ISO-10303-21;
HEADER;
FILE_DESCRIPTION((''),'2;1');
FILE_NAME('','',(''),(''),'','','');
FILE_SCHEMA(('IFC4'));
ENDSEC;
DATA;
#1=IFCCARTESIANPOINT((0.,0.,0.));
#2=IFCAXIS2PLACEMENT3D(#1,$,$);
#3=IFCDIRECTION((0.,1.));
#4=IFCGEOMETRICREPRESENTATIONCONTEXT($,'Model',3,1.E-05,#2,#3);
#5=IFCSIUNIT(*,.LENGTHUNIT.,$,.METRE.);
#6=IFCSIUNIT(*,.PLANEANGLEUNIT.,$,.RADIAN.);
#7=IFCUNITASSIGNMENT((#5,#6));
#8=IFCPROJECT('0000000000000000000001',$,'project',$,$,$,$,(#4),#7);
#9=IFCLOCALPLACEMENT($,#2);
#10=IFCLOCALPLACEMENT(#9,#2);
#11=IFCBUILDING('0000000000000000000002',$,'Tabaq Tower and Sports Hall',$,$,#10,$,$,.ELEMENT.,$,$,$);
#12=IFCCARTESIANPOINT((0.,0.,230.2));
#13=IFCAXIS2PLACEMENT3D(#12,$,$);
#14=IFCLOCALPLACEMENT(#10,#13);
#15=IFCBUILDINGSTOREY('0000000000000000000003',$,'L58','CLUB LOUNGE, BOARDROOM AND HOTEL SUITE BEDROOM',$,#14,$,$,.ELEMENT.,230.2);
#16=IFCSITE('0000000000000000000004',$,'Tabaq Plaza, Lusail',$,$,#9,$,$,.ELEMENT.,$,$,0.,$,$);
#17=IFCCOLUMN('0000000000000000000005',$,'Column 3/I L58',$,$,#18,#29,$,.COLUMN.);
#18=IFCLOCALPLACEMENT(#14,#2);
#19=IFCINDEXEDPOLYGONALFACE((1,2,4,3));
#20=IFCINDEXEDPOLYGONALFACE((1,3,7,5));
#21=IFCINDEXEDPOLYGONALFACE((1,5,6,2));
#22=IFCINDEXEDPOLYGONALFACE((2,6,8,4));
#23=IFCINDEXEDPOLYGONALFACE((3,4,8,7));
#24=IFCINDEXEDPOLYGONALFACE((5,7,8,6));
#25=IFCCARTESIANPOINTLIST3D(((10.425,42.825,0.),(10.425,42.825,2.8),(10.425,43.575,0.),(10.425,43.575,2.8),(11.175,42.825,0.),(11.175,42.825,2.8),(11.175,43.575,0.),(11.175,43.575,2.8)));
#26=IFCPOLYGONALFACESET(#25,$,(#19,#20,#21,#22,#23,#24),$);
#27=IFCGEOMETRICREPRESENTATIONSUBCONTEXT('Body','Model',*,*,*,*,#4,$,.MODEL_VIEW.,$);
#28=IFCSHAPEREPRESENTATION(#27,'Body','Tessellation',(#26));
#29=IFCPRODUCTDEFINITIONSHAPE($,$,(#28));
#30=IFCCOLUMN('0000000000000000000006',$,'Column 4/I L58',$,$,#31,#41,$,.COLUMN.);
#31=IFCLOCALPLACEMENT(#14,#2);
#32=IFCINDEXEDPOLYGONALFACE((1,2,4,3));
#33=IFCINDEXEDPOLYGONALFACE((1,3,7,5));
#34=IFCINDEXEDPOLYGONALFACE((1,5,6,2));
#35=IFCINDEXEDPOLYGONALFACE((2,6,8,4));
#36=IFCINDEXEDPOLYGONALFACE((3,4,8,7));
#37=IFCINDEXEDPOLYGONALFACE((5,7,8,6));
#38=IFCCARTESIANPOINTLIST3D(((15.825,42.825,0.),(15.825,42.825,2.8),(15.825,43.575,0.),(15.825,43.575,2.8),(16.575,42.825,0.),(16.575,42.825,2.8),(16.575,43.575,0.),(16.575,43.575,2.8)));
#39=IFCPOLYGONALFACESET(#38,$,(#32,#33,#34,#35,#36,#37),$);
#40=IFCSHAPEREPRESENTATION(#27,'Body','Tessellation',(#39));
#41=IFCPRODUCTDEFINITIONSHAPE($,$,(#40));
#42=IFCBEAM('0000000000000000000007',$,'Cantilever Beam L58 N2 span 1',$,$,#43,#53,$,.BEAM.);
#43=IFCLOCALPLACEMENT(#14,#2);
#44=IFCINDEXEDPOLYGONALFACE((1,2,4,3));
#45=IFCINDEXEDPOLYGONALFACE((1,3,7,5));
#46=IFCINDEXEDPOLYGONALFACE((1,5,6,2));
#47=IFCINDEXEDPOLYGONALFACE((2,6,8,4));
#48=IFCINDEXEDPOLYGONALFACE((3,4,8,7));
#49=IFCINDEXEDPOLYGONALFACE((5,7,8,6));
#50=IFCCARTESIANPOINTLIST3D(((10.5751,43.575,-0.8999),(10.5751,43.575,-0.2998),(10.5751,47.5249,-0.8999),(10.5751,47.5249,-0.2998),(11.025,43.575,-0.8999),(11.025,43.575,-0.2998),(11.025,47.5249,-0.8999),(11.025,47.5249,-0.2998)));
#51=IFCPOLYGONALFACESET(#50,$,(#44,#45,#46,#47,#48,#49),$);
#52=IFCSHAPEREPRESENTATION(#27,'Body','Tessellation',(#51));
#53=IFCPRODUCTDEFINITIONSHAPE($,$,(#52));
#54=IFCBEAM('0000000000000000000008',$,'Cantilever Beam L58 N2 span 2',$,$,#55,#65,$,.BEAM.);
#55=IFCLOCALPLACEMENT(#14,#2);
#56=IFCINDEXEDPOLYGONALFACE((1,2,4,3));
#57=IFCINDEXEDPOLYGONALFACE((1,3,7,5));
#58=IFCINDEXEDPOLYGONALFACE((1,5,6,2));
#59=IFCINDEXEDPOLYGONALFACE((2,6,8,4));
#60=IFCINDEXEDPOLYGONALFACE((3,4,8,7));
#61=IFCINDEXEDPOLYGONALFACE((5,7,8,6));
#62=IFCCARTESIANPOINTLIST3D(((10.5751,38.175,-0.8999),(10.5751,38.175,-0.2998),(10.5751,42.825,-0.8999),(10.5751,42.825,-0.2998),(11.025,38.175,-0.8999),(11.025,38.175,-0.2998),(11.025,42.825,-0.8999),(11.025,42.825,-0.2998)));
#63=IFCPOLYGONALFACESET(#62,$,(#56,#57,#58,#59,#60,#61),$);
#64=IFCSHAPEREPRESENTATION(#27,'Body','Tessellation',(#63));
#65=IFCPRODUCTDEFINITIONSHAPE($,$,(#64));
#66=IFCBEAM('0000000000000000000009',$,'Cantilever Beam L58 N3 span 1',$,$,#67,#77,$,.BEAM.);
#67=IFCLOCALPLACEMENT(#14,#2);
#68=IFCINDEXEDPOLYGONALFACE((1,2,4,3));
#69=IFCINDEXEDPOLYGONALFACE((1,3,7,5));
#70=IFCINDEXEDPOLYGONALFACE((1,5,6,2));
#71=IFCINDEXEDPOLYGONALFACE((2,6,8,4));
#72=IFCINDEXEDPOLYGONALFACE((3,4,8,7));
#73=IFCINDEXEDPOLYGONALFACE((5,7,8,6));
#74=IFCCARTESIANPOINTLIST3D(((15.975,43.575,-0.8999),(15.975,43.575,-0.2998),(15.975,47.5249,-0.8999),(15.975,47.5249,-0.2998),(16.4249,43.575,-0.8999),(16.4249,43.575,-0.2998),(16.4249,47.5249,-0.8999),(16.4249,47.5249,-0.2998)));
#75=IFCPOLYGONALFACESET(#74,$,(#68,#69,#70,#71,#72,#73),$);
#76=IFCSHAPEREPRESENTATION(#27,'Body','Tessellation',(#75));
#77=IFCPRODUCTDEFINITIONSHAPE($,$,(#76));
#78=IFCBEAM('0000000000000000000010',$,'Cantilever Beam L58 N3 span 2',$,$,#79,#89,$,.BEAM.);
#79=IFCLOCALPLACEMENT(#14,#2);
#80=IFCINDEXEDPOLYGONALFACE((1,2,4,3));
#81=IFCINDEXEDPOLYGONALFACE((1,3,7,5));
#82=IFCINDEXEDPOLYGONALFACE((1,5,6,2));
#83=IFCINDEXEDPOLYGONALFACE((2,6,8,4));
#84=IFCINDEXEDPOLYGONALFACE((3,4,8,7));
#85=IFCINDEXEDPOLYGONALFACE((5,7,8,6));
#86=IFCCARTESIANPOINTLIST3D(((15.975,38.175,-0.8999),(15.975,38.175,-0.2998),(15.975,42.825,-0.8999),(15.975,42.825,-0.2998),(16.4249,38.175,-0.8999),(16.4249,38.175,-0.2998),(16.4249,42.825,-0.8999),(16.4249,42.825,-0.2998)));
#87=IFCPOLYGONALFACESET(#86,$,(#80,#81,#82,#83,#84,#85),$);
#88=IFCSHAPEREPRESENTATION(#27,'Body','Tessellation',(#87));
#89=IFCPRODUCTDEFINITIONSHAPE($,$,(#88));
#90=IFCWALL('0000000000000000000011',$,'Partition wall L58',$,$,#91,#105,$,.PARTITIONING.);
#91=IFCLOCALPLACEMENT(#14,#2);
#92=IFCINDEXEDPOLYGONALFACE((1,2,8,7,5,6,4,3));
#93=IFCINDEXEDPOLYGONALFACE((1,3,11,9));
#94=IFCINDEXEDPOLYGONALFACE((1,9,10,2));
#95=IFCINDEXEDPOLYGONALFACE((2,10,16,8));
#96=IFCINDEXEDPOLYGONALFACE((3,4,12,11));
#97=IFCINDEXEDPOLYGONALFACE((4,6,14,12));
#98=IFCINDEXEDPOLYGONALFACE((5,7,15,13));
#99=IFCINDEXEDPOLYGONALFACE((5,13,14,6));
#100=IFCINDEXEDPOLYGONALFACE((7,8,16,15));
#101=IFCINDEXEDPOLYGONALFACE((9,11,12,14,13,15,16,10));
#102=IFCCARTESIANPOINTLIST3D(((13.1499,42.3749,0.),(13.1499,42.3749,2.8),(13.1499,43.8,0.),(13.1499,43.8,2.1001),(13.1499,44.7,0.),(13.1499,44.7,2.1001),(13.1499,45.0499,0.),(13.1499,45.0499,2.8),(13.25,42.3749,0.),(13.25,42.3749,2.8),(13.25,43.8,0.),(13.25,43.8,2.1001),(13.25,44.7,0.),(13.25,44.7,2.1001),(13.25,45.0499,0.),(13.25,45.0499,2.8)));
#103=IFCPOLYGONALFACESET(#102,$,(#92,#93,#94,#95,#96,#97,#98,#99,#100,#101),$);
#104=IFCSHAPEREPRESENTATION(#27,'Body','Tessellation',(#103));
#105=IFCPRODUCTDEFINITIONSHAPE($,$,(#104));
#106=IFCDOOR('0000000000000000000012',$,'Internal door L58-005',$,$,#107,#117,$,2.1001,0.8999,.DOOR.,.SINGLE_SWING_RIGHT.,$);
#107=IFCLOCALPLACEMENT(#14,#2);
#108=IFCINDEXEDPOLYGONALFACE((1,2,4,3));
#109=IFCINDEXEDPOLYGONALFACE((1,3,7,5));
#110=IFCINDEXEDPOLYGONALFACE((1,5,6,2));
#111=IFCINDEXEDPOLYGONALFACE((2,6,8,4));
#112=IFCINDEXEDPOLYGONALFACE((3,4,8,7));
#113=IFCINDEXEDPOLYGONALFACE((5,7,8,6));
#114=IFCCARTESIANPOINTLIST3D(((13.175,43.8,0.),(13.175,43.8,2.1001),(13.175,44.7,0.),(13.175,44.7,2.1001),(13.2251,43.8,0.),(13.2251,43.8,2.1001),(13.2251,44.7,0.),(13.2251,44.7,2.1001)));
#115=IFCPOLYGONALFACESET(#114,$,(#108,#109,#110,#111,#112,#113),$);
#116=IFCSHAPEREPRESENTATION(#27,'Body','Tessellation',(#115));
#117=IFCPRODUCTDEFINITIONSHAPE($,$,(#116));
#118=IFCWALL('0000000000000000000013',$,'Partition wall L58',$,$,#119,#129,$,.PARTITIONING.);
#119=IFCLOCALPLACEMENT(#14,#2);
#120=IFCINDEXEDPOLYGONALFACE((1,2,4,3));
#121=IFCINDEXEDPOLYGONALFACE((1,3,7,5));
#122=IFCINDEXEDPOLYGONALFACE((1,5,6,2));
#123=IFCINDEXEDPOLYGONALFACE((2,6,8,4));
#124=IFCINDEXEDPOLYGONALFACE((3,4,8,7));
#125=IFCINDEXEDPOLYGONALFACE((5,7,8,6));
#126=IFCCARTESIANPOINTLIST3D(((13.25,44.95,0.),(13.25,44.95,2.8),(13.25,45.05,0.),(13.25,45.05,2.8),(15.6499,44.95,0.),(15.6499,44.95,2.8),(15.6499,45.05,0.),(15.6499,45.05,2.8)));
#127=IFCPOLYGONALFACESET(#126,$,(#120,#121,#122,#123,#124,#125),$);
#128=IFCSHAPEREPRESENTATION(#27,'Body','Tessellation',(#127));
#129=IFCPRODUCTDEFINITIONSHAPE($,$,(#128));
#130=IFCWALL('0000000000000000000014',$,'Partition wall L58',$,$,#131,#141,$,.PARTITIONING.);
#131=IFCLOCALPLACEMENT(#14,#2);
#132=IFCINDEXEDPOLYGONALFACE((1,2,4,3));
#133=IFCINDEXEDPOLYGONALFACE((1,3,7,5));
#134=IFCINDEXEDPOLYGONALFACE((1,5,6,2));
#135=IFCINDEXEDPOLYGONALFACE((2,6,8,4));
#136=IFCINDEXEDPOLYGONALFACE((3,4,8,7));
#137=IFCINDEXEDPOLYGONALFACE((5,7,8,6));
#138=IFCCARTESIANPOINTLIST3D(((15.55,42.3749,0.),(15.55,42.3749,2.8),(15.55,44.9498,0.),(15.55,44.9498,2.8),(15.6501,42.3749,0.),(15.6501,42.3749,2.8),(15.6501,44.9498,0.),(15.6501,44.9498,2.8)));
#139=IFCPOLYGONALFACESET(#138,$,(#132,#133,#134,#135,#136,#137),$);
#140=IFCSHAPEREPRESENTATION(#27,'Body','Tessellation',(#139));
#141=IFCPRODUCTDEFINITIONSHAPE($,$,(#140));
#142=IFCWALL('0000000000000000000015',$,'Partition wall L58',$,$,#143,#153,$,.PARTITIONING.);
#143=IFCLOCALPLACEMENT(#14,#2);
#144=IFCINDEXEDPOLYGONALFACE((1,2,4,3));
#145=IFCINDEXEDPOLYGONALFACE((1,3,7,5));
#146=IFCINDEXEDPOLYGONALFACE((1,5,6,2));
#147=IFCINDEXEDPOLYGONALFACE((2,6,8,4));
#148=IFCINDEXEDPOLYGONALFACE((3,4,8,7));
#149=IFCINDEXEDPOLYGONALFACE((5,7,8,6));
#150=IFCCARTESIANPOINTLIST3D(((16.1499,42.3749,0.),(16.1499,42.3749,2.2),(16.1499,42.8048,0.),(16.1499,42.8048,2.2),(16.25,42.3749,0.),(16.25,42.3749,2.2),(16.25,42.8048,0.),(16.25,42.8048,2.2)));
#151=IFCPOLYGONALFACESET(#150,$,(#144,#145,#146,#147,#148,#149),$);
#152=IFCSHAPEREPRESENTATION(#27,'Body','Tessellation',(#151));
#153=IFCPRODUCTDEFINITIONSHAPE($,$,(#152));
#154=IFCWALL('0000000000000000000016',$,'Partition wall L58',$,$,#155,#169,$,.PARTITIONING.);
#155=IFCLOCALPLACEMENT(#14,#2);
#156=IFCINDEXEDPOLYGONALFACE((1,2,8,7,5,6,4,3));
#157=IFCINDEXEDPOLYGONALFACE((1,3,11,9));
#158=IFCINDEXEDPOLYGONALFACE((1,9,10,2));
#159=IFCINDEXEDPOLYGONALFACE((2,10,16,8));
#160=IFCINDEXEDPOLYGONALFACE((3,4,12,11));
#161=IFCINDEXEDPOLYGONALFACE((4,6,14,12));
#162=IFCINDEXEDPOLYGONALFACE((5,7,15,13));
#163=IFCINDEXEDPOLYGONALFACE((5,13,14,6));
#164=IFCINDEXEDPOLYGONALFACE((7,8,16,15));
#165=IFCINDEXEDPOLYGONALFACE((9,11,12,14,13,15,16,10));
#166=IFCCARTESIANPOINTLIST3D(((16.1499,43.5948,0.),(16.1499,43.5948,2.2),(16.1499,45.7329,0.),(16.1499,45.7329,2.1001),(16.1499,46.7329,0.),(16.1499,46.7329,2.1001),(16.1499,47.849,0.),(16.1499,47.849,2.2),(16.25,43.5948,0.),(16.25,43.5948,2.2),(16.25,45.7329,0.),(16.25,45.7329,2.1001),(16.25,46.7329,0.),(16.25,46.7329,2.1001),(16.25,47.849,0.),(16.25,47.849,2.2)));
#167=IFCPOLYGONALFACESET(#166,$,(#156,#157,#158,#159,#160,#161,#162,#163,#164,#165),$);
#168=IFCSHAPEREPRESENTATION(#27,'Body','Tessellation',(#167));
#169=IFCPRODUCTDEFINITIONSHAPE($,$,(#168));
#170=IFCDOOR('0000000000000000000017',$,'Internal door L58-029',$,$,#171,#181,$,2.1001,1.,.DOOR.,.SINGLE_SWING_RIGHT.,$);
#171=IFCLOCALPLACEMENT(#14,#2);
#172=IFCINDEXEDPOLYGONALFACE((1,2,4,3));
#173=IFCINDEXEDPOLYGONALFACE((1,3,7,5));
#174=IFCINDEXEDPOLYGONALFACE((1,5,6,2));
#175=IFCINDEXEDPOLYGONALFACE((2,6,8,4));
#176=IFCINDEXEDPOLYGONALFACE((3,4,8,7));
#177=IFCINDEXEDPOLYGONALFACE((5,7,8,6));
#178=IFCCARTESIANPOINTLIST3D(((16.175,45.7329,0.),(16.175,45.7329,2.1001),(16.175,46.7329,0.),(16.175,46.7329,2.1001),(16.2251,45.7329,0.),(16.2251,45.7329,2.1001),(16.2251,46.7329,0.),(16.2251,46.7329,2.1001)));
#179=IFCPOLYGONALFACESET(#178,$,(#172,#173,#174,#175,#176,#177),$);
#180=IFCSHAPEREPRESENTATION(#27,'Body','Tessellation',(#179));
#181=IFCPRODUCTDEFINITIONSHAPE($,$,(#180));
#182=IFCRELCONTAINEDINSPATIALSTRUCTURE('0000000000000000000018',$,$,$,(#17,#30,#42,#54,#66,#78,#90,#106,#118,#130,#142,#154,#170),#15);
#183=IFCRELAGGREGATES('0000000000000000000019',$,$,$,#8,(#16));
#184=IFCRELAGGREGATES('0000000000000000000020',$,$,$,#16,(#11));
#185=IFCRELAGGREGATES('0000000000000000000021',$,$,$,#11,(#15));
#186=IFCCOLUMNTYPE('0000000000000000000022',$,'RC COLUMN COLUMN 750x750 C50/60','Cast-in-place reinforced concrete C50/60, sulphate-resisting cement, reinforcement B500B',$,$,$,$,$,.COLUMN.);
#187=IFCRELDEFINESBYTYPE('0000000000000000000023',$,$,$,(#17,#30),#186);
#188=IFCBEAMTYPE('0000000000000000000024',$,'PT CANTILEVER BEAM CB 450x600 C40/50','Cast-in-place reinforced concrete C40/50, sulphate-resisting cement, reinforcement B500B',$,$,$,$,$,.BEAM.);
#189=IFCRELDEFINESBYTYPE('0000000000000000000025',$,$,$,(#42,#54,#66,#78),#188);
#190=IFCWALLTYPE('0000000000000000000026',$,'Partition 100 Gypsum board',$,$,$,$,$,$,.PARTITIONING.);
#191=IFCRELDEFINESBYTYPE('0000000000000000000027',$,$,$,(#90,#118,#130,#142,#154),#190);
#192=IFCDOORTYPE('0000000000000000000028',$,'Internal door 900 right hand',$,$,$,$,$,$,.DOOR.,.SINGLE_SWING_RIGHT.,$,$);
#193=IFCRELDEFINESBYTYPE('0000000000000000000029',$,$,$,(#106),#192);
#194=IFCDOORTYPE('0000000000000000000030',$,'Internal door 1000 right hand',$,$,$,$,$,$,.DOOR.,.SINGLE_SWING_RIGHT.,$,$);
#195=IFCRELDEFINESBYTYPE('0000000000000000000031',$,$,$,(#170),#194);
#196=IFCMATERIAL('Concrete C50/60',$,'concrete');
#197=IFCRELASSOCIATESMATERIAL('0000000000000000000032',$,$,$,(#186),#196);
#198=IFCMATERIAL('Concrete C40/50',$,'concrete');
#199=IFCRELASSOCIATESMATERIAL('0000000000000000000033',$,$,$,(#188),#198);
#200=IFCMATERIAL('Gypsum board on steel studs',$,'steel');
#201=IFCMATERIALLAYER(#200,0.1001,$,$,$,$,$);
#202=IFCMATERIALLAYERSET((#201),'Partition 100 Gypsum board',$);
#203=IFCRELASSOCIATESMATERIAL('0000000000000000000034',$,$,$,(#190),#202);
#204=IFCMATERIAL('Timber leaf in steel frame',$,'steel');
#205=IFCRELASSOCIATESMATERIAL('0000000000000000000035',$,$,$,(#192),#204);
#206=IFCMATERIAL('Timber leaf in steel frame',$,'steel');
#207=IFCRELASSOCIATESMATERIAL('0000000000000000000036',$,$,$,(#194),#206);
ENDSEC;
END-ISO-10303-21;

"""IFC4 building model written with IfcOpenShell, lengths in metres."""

from ifc_helpers import new_model, si_unit, direction, frame, frame_2d, origin, origin_2d, place, context, subcontext, project, spatial, rectangle, extrude, material, layer, layer_set, material_profile, profile_set, type_object, element, fill, save


model = new_model("IFC4")

# Units and contexts
model_context = context("Model", 3, precision=1e-05, world=origin(), true_north=direction((0.0, 1.0)))
body_context = subcontext(model_context, "Body", "Model", "MODEL_VIEW")
ifc_project = project(units=[si_unit("LENGTHUNIT", "METRE"), si_unit("PLANEANGLEUNIT", "RADIAN")], contexts=[model_context])

# Site, building, storey
site_placement = place(None, origin())
site = spatial("IfcSite", under=ifc_project, at=site_placement, Name="Tabaq Plaza, Lusail", CompositionType="ELEMENT", RefElevation=0.0)
building_placement = place(site_placement, origin())
building = spatial("IfcBuilding", under=site, at=building_placement, Name="Tabaq Tower and Sports Hall", CompositionType="ELEMENT")
storey_placement = place(building_placement, frame((0.0, 0.0, 230.2)))
storey = spatial("IfcBuildingStorey", under=building, at=storey_placement, Name="L58", Description="CLUB LOUNGE, BOARDROOM AND HOTEL SUITE BEDROOM", CompositionType="ELEMENT", Elevation=230.2)

# Columns
ifc_material_1 = material(Name="Concrete C50/60", Category="concrete")
ifc_material_profile_1 = material_profile(ifc_material_1, rectangle(XDim=0.75, YDim=0.75, at=origin_2d()), Name="COLUMN 750x750")
ifc_profile_set_1 = profile_set([ifc_material_profile_1], Name="Concrete C50/60")
column_type = type_object("IfcColumnType", Name="RC COLUMN COLUMN 750x750 C50/60", Description="Cast-in-place reinforced concrete C50/60, sulphate-resisting cement, reinforcement B500B", PredefinedType="COLUMN", material=ifc_profile_set_1)
for number, where, z_axis, x_axis, name in (
    (1, (10.8, 43.2, 0.0), (0.0, 0.0, 1.0), (1.0, 0.0, 0.0), "Column 3/I L58"),
    (2, (16.2, 43.2, 0.0), (0.0, 0.0, 1.0), (1.0, 0.0, 0.0), "Column 4/I L58"),
):
    element("IfcColumn", number, at=place(storey_placement, frame(where, z_axis=z_axis, x_axis=x_axis)), inside=storey, type_object=column_type, Name=name, PredefinedType="COLUMN", context=body_context, shape_type="SweptSolid", body=[
        extrude(rectangle(XDim=0.75, YDim=0.75, at=origin_2d()), origin(), (0.0, 0.0, 1.0), 2.8),
    ])

# Beams
ifc_material_2 = material(Name="Concrete C40/50", Category="concrete")
ifc_material_profile_2 = material_profile(ifc_material_2, rectangle(XDim=0.45, YDim=0.6001, at=origin_2d()), Name="CB 450x600")
ifc_profile_set_2 = profile_set([ifc_material_profile_2], Name="Concrete C40/50")
beam_type = type_object("IfcBeamType", Name="PT CANTILEVER BEAM CB 450x600 C40/50", Description="Cast-in-place reinforced concrete C40/50, sulphate-resisting cement, reinforcement B500B", PredefinedType="BEAM", material=ifc_profile_set_2)
beam_1_placement = place(storey_placement, frame((10.8, 47.5249, -0.5999), z_axis=(0.0, -1.0, 0.0), x_axis=(1.0, 0.0, 0.0)))
element("IfcBeam", 3, at=beam_1_placement, inside=storey, type_object=beam_type, Name="Cantilever Beam L58 N2 span 1", PredefinedType="BEAM", context=body_context, shape_type="SweptSolid", body=[
    extrude(rectangle(XDim=0.45, YDim=0.6001, at=origin_2d()), origin(), (0.0, 0.0, 1.0), 3.95),
])
beam_2_placement = place(storey_placement, frame((10.8, 42.825, -0.5999), z_axis=(0.0, -1.0, 0.0), x_axis=(1.0, 0.0, 0.0)))
element("IfcBeam", 4, at=beam_2_placement, inside=storey, type_object=beam_type, Name="Cantilever Beam L58 N2 span 2", PredefinedType="BEAM", context=body_context, shape_type="SweptSolid", body=[
    extrude(rectangle(XDim=0.45, YDim=0.6001, at=origin_2d()), origin(), (0.0, 0.0, 1.0), 4.6499),
])
beam_3_placement = place(storey_placement, frame((16.2, 47.5249, -0.5999), z_axis=(0.0, -1.0, 0.0), x_axis=(1.0, 0.0, 0.0)))
element("IfcBeam", 5, at=beam_3_placement, inside=storey, type_object=beam_type, Name="Cantilever Beam L58 N3 span 1", PredefinedType="BEAM", context=body_context, shape_type="SweptSolid", body=[
    extrude(rectangle(XDim=0.45, YDim=0.6001, at=origin_2d()), origin(), (0.0, 0.0, 1.0), 3.95),
])
beam_4_placement = place(storey_placement, frame((16.2, 42.825, -0.5999), z_axis=(0.0, -1.0, 0.0), x_axis=(1.0, 0.0, 0.0)))
element("IfcBeam", 6, at=beam_4_placement, inside=storey, type_object=beam_type, Name="Cantilever Beam L58 N3 span 2", PredefinedType="BEAM", context=body_context, shape_type="SweptSolid", body=[
    extrude(rectangle(XDim=0.45, YDim=0.6001, at=origin_2d()), origin(), (0.0, 0.0, 1.0), 4.6499),
])

# Wall, opening, door
ifc_material_3 = material(Name="Gypsum board on steel studs", Category="steel")
ifc_layer_1 = layer(ifc_material_3, 0.1001)
ifc_layer_set_1 = layer_set([ifc_layer_1], Name="Partition 100 Gypsum board")
wall_type_1 = type_object("IfcWallType", Name="Partition 100 Gypsum board", PredefinedType="PARTITIONING", material=ifc_layer_set_1)
wall_1_placement = place(storey_placement, frame((13.2, 42.375, 0.0), z_axis=(0.0, 0.0, 1.0), x_axis=(0.0, 1.0, 0.0)))
wall_1 = element("IfcWall", 7, at=wall_1_placement, inside=storey, type_object=wall_type_1, Name="Partition wall L58", PredefinedType="PARTITIONING", context=body_context, shape_type="SweptSolid", body=[
    extrude(rectangle(XDim=2.675, YDim=0.1001, at=frame_2d((1.3374, 0.0))), origin(), (0.0, 0.0, 1.0), 2.8),
])
opening_1_placement = place(wall_1_placement, frame((1.425, 0.0, 0.0)))
opening_1 = element("IfcOpeningElement", 8, at=opening_1_placement, cuts=wall_1, PredefinedType="OPENING", context=body_context, shape_type="SweptSolid", body=[
    extrude(rectangle(XDim=0.8999, YDim=2.1001, at=frame_2d((0.45, 1.05))), frame((0.0, 0.05, 0.0), z_axis=(0.0, -1.0, 0.0), x_axis=(1.0, 0.0, 0.0)), (0.0, 0.0, 1.0), 0.1001),
])
ifc_material_4 = material(Name="Timber leaf in steel frame", Category="steel")
door_type_1 = type_object("IfcDoorType", Name="Internal door 900 right hand", OperationType="SINGLE_SWING_RIGHT", PredefinedType="DOOR", material=ifc_material_4)
door_1_placement = place(opening_1_placement, origin())
door_1 = element("IfcDoor", 9, at=door_1_placement, inside=storey, type_object=door_type_1, Name="Internal door L58-005", OperationType="SINGLE_SWING_RIGHT", OverallHeight=2.1001, OverallWidth=0.8999, PredefinedType="DOOR", context=body_context, shape_type="SweptSolid", body=[
    extrude(rectangle(XDim=0.8999, YDim=2.1001, at=frame_2d((0.45, 1.05))), frame((0.0, 0.0249, 0.0), z_axis=(0.0, -1.0, 0.0), x_axis=(1.0, 0.0, 0.0)), (0.0, 0.0, 1.0), 0.05),
])
fill(opening_1, door_1)

# Walls
wall_2_placement = place(storey_placement, frame((13.25, 45.0, 0.0), z_axis=(0.0, 0.0, 1.0), x_axis=(1.0, 0.0, 0.0)))
element("IfcWall", 10, at=wall_2_placement, inside=storey, type_object=wall_type_1, Name="Partition wall L58", PredefinedType="PARTITIONING", context=body_context, shape_type="SweptSolid", body=[
    extrude(rectangle(XDim=2.3999, YDim=0.1001, at=frame_2d((1.2, 0.0))), origin(), (0.0, 0.0, 1.0), 2.8),
])
wall_3_placement = place(storey_placement, frame((15.6001, 44.95, 0.0), z_axis=(0.0, 0.0, 1.0), x_axis=(0.0, -1.0, 0.0)))
element("IfcWall", 11, at=wall_3_placement, inside=storey, type_object=wall_type_1, Name="Partition wall L58", PredefinedType="PARTITIONING", context=body_context, shape_type="SweptSolid", body=[
    extrude(rectangle(XDim=2.575, YDim=0.1001, at=frame_2d((1.2876, 0.0))), origin(), (0.0, 0.0, 1.0), 2.8),
])
wall_4_placement = place(storey_placement, frame((16.2, 42.375, 0.0), z_axis=(0.0, 0.0, 1.0), x_axis=(0.0, 1.0, 0.0)))
element("IfcWall", 12, at=wall_4_placement, inside=storey, type_object=wall_type_1, Name="Partition wall L58", PredefinedType="PARTITIONING", context=body_context, shape_type="SweptSolid", body=[
    extrude(rectangle(XDim=0.4299, YDim=0.1001, at=frame_2d((0.2148, 0.0))), origin(), (0.0, 0.0, 1.0), 2.2),
])

# Wall, opening, door
wall_5_placement = place(storey_placement, frame((16.2, 43.595, 0.0), z_axis=(0.0, 0.0, 1.0), x_axis=(0.0, 1.0, 0.0)))
wall_5 = element("IfcWall", 13, at=wall_5_placement, inside=storey, type_object=wall_type_1, Name="Partition wall L58", PredefinedType="PARTITIONING", context=body_context, shape_type="SweptSolid", body=[
    extrude(rectangle(XDim=4.2542, YDim=0.1001, at=frame_2d((2.127, 0.0))), origin(), (0.0, 0.0, 1.0), 2.2),
])
opening_2_placement = place(wall_5_placement, frame((2.1379, 0.0, 0.0)))
opening_2 = element("IfcOpeningElement", 14, at=opening_2_placement, cuts=wall_5, PredefinedType="OPENING", context=body_context, shape_type="SweptSolid", body=[
    extrude(rectangle(XDim=1.0, YDim=2.1001, at=frame_2d((0.5, 1.05))), frame((0.0, 0.05, 0.0), z_axis=(0.0, -1.0, 0.0), x_axis=(1.0, 0.0, 0.0)), (0.0, 0.0, 1.0), 0.1001),
])
ifc_material_5 = material(Name="Timber leaf in steel frame", Category="steel")
door_type_2 = type_object("IfcDoorType", Name="Internal door 1000 right hand", OperationType="SINGLE_SWING_RIGHT", PredefinedType="DOOR", material=ifc_material_5)
door_2_placement = place(opening_2_placement, origin())
door_2 = element("IfcDoor", 15, at=door_2_placement, inside=storey, type_object=door_type_2, Name="Internal door L58-029", OperationType="SINGLE_SWING_RIGHT", OverallHeight=2.1001, OverallWidth=1.0, PredefinedType="DOOR", context=body_context, shape_type="SweptSolid", body=[
    extrude(rectangle(XDim=1.0, YDim=2.1001, at=frame_2d((0.5, 1.05))), frame((0.0, 0.0249, 0.0), z_axis=(0.0, -1.0, 0.0), x_axis=(1.0, 0.0, 0.0)), (0.0, 0.0, 1.0), 0.05),
])
fill(opening_2, door_2)

save(model, "model.ifc")
